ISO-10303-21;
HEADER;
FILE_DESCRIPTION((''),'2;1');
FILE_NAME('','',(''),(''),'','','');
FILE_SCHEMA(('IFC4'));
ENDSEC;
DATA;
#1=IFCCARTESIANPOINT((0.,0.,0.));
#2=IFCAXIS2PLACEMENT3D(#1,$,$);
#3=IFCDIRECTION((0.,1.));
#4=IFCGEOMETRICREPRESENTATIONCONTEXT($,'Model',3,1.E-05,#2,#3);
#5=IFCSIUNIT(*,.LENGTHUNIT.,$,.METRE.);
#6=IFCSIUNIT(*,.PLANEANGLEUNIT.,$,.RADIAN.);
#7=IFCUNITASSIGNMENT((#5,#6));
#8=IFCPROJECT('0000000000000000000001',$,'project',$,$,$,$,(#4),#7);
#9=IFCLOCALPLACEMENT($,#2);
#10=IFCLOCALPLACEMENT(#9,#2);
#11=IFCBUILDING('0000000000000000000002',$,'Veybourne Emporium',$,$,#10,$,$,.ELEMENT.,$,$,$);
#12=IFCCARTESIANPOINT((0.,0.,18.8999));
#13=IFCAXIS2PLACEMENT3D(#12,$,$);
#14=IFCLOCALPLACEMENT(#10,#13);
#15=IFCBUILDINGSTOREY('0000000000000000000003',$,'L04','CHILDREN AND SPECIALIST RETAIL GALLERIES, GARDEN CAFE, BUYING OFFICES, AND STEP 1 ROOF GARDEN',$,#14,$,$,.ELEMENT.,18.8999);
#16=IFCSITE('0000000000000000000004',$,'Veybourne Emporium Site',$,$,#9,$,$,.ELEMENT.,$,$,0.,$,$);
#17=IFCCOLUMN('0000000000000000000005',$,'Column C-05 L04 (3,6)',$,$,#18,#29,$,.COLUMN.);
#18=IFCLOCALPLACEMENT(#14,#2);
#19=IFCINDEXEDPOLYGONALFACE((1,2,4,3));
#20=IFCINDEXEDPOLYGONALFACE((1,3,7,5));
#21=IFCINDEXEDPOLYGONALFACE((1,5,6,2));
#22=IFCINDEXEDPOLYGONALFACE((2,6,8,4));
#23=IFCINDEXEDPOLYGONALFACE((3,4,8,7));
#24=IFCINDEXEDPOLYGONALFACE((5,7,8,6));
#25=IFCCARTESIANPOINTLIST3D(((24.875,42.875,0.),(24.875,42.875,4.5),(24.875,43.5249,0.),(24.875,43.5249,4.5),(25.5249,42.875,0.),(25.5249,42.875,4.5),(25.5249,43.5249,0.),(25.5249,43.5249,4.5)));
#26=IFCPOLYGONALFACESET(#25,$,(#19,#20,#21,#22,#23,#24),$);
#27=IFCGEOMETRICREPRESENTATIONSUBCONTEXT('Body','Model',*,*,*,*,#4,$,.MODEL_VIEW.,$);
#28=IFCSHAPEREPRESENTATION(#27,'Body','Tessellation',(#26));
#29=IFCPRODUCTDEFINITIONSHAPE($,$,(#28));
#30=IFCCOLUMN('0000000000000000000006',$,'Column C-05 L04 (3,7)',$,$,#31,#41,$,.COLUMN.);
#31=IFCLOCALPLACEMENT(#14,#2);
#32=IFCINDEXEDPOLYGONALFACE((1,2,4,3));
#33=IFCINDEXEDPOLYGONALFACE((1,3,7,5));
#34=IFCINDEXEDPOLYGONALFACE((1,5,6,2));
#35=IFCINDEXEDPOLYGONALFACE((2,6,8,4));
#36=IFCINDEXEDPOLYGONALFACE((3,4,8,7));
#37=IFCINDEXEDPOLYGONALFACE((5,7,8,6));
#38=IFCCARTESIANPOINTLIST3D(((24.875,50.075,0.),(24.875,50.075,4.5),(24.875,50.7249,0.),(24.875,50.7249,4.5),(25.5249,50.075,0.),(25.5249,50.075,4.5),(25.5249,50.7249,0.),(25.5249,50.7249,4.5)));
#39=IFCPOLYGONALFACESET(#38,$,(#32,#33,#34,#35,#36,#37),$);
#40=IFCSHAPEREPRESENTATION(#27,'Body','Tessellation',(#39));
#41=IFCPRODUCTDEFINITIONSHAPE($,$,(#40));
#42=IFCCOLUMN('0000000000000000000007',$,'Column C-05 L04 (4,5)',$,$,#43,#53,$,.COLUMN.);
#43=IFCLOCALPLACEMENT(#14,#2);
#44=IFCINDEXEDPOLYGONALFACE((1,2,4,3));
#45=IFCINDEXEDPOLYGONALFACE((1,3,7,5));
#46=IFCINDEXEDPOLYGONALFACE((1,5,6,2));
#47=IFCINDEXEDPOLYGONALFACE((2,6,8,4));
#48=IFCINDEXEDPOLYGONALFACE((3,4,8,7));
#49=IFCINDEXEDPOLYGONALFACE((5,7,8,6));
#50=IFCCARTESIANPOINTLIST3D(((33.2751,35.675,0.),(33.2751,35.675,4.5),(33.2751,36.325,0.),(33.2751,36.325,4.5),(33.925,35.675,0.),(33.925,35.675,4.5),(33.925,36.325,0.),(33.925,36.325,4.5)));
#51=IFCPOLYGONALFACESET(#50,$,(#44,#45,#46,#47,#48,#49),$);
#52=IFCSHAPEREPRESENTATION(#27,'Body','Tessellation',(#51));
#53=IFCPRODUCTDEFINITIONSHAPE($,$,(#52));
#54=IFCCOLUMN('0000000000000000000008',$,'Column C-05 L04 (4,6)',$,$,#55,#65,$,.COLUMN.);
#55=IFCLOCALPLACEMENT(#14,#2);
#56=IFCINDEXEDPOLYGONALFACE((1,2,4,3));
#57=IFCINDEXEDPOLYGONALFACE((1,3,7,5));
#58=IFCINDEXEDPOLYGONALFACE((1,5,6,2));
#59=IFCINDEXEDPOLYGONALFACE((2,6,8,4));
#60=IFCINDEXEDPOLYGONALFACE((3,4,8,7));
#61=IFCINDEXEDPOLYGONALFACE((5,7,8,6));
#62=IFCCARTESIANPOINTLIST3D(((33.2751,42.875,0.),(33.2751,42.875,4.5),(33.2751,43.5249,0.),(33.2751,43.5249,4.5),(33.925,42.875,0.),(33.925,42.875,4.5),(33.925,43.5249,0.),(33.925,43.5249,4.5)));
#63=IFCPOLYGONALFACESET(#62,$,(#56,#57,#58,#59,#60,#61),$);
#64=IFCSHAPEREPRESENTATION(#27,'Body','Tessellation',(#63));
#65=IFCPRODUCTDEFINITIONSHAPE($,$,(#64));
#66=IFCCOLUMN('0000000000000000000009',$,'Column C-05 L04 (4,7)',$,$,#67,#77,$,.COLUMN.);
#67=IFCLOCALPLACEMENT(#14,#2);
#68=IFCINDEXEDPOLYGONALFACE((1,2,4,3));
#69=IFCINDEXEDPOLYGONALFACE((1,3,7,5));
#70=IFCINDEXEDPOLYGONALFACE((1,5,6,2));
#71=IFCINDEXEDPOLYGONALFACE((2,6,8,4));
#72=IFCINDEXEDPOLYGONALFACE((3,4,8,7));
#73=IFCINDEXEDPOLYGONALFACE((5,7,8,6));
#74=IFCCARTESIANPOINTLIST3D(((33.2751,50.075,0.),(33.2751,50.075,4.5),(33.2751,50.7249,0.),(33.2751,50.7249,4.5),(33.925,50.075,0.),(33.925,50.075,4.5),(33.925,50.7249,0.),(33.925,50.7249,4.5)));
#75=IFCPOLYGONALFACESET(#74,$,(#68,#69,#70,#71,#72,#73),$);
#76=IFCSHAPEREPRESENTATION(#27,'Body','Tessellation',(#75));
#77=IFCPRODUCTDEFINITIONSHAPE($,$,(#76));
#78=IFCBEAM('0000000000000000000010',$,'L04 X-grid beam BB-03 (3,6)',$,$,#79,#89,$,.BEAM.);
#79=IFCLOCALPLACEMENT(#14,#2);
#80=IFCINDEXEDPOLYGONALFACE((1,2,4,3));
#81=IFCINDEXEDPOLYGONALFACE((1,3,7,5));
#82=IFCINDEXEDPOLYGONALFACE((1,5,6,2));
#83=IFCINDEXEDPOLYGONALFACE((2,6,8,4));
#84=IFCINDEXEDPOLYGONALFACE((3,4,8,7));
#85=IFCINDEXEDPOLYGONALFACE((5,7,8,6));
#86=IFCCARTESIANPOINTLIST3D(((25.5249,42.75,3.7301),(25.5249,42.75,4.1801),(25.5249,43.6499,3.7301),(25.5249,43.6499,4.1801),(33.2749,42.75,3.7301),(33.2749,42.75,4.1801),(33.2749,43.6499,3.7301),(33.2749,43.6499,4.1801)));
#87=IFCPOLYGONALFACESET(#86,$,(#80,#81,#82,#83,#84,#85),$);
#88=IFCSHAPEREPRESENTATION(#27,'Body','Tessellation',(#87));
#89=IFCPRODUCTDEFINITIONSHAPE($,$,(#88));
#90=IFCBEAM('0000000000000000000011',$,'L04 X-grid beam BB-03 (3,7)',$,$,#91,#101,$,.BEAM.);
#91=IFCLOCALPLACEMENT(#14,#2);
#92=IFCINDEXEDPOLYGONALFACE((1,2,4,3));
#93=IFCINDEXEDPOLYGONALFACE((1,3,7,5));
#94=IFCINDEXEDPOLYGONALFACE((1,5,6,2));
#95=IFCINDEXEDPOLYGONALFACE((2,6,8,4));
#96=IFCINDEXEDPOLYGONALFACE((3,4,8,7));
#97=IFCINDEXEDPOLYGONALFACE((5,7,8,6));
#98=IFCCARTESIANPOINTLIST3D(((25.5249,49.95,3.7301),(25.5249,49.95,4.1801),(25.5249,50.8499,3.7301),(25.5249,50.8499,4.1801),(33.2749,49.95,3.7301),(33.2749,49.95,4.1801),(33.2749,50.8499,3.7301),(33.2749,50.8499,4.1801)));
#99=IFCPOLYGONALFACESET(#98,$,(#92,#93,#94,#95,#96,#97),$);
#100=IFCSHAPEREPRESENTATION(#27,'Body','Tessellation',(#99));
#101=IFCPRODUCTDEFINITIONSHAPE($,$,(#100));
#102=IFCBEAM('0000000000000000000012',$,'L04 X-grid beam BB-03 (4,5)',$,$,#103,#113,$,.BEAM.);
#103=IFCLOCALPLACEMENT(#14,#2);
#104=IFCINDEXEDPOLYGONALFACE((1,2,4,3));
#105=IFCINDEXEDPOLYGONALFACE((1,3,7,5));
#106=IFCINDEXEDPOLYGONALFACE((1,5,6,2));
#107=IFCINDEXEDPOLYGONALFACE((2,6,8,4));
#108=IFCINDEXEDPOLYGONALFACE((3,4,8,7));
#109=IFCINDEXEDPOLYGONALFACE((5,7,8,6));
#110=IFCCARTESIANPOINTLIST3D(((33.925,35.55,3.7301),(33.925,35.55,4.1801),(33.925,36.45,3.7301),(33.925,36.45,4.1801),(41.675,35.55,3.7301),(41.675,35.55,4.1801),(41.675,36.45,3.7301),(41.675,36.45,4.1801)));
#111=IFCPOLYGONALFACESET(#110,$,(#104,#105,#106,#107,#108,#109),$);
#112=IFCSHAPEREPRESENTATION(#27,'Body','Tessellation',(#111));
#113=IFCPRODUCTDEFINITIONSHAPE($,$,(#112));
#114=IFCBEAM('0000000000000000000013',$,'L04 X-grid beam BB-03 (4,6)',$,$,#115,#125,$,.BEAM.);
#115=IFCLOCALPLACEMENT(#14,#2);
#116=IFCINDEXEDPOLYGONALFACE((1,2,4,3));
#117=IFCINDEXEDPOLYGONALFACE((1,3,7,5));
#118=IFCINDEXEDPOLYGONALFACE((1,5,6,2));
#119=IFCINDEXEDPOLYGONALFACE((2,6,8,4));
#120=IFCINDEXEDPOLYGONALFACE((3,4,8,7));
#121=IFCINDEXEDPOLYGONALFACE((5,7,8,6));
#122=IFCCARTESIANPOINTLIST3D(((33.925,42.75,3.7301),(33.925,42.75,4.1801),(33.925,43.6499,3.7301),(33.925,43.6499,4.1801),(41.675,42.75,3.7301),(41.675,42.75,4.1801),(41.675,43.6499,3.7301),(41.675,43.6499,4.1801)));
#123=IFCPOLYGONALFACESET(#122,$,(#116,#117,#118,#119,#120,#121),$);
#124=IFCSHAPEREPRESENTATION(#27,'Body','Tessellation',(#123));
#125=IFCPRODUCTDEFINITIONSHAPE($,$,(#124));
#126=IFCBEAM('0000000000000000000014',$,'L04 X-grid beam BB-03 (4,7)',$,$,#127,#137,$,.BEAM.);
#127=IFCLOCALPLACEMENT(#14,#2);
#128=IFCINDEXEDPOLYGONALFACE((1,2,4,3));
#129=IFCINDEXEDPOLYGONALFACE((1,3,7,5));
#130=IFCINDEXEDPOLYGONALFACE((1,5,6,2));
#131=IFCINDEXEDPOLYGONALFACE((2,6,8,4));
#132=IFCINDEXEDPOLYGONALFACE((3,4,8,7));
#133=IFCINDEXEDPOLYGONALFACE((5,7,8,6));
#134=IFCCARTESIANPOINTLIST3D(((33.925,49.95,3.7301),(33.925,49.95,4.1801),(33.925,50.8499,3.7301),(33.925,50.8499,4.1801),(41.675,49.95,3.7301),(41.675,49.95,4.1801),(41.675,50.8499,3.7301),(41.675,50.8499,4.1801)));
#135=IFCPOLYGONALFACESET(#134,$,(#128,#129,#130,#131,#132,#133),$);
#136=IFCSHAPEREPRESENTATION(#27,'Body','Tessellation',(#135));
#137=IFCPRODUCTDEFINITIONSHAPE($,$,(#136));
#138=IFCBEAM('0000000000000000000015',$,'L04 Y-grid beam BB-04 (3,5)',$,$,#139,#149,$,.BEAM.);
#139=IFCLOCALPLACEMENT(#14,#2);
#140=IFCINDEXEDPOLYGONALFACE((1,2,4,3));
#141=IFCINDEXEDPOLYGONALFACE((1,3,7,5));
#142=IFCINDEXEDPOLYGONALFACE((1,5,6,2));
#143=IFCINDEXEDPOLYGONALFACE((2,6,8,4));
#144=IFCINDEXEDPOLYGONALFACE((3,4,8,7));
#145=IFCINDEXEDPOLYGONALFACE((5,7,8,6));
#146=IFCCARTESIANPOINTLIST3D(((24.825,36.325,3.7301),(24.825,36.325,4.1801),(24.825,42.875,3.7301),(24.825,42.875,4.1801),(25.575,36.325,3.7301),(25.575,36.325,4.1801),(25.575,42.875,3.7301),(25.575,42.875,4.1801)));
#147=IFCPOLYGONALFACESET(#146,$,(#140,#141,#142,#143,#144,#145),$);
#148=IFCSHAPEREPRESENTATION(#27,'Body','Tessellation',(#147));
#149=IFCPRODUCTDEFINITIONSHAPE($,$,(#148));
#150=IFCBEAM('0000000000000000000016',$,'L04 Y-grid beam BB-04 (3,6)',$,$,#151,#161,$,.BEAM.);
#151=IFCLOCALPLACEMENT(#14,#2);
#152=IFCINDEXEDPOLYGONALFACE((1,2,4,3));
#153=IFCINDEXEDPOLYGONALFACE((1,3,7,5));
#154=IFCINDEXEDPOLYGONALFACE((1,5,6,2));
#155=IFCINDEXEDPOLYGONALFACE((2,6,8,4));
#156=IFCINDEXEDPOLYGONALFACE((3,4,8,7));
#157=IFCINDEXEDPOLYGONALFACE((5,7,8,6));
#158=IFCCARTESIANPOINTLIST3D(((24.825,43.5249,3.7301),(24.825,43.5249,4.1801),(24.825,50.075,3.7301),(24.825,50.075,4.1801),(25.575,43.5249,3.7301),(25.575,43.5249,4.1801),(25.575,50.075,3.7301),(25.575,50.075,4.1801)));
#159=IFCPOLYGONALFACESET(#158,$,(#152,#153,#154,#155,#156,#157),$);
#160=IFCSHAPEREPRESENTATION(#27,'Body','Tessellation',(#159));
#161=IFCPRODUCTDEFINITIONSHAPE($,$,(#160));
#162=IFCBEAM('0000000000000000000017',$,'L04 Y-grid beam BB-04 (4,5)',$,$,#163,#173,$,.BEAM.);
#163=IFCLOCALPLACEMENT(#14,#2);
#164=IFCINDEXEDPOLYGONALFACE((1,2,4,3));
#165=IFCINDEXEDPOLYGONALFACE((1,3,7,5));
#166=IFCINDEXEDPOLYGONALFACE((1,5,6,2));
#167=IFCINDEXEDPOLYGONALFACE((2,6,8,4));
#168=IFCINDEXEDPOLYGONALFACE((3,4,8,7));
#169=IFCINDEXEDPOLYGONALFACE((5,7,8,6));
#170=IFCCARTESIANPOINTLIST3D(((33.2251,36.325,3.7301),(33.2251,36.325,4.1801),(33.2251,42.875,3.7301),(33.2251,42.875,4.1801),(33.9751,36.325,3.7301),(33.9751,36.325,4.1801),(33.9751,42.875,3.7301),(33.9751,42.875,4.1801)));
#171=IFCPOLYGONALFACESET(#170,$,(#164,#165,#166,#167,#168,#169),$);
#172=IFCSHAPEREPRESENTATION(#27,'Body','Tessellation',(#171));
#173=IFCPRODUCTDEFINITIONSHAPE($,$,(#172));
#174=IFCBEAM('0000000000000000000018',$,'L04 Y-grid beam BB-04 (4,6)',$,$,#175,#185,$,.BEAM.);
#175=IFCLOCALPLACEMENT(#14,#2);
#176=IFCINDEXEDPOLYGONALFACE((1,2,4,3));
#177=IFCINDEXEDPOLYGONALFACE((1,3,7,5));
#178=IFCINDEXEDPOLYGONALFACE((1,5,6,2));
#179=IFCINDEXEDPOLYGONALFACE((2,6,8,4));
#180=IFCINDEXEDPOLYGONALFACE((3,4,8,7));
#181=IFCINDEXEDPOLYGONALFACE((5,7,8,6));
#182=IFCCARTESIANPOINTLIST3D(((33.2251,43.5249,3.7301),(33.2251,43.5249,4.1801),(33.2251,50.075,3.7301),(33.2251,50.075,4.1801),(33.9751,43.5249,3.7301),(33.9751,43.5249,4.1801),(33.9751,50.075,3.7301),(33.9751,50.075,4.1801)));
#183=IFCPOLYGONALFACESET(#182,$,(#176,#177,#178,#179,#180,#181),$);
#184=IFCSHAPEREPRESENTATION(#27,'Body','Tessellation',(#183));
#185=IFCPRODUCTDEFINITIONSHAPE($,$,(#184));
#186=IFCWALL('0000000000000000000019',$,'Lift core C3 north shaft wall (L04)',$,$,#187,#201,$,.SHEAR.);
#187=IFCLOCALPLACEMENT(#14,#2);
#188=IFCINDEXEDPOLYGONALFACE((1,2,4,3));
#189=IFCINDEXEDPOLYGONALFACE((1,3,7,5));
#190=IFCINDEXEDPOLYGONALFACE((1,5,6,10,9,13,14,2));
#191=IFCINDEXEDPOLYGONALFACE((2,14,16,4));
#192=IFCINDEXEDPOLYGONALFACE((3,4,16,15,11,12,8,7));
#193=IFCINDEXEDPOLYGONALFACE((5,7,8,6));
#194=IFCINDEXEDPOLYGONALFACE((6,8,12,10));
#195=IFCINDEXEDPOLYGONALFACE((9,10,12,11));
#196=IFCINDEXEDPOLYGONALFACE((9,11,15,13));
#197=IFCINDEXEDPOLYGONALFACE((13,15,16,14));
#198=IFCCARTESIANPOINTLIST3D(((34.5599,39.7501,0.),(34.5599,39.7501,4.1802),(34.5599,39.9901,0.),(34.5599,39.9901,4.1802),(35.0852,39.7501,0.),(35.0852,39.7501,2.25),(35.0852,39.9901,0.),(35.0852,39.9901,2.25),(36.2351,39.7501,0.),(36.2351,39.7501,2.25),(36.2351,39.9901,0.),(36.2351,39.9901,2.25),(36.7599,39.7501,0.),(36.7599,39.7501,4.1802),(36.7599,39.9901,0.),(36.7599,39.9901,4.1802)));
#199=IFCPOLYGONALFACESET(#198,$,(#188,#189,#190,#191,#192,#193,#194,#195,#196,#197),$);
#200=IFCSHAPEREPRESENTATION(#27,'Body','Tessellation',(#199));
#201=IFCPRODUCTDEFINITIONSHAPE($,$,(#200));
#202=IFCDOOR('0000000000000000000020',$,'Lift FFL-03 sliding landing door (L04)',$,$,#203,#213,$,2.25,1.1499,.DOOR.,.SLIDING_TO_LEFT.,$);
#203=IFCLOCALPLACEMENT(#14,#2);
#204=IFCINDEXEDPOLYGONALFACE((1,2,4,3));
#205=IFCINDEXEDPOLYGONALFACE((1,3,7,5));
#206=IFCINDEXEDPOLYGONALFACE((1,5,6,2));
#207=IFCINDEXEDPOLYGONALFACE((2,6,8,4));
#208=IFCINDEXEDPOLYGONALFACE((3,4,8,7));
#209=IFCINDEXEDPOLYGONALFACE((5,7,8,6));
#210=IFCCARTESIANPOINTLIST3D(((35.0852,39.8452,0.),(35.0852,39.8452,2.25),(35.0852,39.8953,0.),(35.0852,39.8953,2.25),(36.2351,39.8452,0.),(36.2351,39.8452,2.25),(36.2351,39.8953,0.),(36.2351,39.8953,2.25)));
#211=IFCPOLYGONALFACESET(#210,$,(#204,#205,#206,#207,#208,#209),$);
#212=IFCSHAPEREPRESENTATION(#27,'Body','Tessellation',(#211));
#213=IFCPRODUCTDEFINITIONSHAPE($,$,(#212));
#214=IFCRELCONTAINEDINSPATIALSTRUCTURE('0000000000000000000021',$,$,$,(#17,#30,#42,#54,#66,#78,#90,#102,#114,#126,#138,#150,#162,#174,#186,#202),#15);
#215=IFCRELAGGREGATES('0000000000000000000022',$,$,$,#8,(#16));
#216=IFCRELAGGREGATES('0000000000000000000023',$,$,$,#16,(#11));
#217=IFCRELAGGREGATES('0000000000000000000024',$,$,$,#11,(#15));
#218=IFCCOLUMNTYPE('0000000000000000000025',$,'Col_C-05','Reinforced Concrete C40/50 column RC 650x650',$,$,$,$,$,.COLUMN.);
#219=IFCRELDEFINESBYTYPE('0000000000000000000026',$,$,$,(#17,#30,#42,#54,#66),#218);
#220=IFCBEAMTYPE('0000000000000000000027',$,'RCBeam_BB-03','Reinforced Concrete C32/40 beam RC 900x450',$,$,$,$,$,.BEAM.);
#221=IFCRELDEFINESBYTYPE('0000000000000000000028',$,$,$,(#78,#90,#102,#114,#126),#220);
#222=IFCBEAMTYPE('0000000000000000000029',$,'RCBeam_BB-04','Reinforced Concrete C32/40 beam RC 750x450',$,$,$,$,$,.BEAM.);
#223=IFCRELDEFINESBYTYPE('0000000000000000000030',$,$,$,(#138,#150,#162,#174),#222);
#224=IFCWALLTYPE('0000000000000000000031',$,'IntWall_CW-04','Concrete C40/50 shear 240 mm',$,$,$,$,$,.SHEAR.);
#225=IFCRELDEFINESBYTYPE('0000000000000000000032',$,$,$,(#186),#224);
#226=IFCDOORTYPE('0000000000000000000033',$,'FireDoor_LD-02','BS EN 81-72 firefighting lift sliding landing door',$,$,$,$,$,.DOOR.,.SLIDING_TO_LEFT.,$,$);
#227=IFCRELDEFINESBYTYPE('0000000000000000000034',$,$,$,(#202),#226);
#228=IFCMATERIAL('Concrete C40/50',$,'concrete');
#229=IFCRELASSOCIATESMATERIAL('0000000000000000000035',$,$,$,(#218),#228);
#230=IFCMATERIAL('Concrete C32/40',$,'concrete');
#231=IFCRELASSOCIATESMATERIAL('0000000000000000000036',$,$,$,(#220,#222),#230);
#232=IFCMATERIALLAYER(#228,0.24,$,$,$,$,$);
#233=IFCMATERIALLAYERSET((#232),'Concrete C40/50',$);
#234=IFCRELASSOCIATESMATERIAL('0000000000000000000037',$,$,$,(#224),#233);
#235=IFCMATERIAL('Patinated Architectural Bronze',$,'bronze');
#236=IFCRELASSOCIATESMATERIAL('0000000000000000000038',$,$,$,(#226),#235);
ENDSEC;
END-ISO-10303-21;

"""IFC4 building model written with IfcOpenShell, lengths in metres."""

from ifc_helpers import new_model, si_unit, direction, frame, frame_2d, origin, origin_2d, place, context, subcontext, project, spatial, rectangle, extrude, material, layer, layer_set, material_profile, profile_set, type_object, element, fill, save


model = new_model("IFC4")

# Units and contexts
model_context = context("Model", 3, precision=1e-05, world=origin(), true_north=direction((0.0, 1.0)))
body_context = subcontext(model_context, "Body", "Model", "MODEL_VIEW")
ifc_project = project(units=[si_unit("LENGTHUNIT", "METRE"), si_unit("PLANEANGLEUNIT", "RADIAN")], contexts=[model_context])

# Site, building, storey
site_placement = place(None, origin())
site = spatial("IfcSite", under=ifc_project, at=site_placement, Name="Veybourne Emporium Site", CompositionType="ELEMENT", RefElevation=0.0)
building_placement = place(site_placement, origin())
building = spatial("IfcBuilding", under=site, at=building_placement, Name="Veybourne Emporium", CompositionType="ELEMENT")
storey_placement = place(building_placement, frame((0.0, 0.0, 18.8999)))
storey = spatial("IfcBuildingStorey", under=building, at=storey_placement, Name="L04", Description="CHILDREN AND SPECIALIST RETAIL GALLERIES, GARDEN CAFE, BUYING OFFICES, AND STEP 1 ROOF GARDEN", CompositionType="ELEMENT", Elevation=18.8999)

# Columns
ifc_material_1 = material(Name="Concrete C40/50", Category="concrete")
ifc_material_profile_1 = material_profile(ifc_material_1, rectangle(XDim=0.6499, YDim=0.6499, at=origin_2d()), Name="RC 650x650")
ifc_profile_set_1 = profile_set([ifc_material_profile_1], Name="Concrete C40/50")
column_type = type_object("IfcColumnType", Name="Col_C-05", Description="Reinforced Concrete C40/50 column RC 650x650", PredefinedType="COLUMN", material=ifc_profile_set_1)
for number, where, z_axis, x_axis, name in (
    (1, (25.2, 43.2, 0.0), (0.0, 0.0, 1.0), (1.0, 0.0, 0.0), "Column C-05 L04 (3,6)"),
    (2, (25.2, 50.3999, 0.0), (0.0, 0.0, 1.0), (1.0, 0.0, 0.0), "Column C-05 L04 (3,7)"),
    (3, (33.6001, 36.0, 0.0), (0.0, 0.0, 1.0), (1.0, 0.0, 0.0), "Column C-05 L04 (4,5)"),
    (4, (33.6001, 43.2, 0.0), (0.0, 0.0, 1.0), (1.0, 0.0, 0.0), "Column C-05 L04 (4,6)"),
    (5, (33.6001, 50.3999, 0.0), (0.0, 0.0, 1.0), (1.0, 0.0, 0.0), "Column C-05 L04 (4,7)"),
):
    element("IfcColumn", number, at=place(storey_placement, frame(where, z_axis=z_axis, x_axis=x_axis)), inside=storey, type_object=column_type, Name=name, PredefinedType="COLUMN", context=body_context, shape_type="SweptSolid", body=[
        extrude(rectangle(XDim=0.6499, YDim=0.6499, at=origin_2d()), origin(), (0.0, 0.0, 1.0), 4.5),
    ])

# Beams
ifc_material_2 = material(Name="Concrete C32/40", Category="concrete")
ifc_material_profile_2 = material_profile(ifc_material_2, rectangle(XDim=0.8999, YDim=0.45, at=origin_2d()), Name="RC 900x450")
ifc_profile_set_2 = profile_set([ifc_material_profile_2], Name="Concrete C32/40")
beam_type_1 = type_object("IfcBeamType", Name="RCBeam_BB-03", Description="Reinforced Concrete C32/40 beam RC 900x450", PredefinedType="BEAM", material=ifc_profile_set_2)
for number, where, z_axis, x_axis, name in (
    (6, (25.5249, 43.2, 3.9551), (1.0, 0.0, 0.0), (0.0, 1.0, 0.0), "L04 X-grid beam BB-03 (3,6)"),
    (7, (25.5249, 50.3999, 3.9551), (1.0, 0.0, 0.0), (0.0, 1.0, 0.0), "L04 X-grid beam BB-03 (3,7)"),
    (8, (33.925, 36.0, 3.9551), (1.0, 0.0, 0.0), (0.0, 1.0, 0.0), "L04 X-grid beam BB-03 (4,5)"),
    (9, (33.925, 43.2, 3.9551), (1.0, 0.0, 0.0), (0.0, 1.0, 0.0), "L04 X-grid beam BB-03 (4,6)"),
    (10, (33.925, 50.3999, 3.9551), (1.0, 0.0, 0.0), (0.0, 1.0, 0.0), "L04 X-grid beam BB-03 (4,7)"),
):
    element("IfcBeam", number, at=place(storey_placement, frame(where, z_axis=z_axis, x_axis=x_axis)), inside=storey, type_object=beam_type_1, Name=name, PredefinedType="BEAM", context=body_context, shape_type="SweptSolid", body=[
        extrude(rectangle(XDim=0.8999, YDim=0.45, at=origin_2d()), origin(), (0.0, 0.0, 1.0), 7.75),
    ])
ifc_material_profile_3 = material_profile(ifc_material_2, rectangle(XDim=0.75, YDim=0.45, at=origin_2d()), Name="RC 750x450")
ifc_profile_set_3 = profile_set([ifc_material_profile_3], Name="Concrete C32/40")
beam_type_2 = type_object("IfcBeamType", Name="RCBeam_BB-04", Description="Reinforced Concrete C32/40 beam RC 750x450", PredefinedType="BEAM", material=ifc_profile_set_3)
for number, where, z_axis, x_axis, name in (
    (11, (25.2, 36.325, 3.9551), (0.0, 1.0, 0.0), (-1.0, 0.0, 0.0), "L04 Y-grid beam BB-04 (3,5)"),
    (12, (25.2, 43.5249, 3.9551), (0.0, 1.0, 0.0), (-1.0, 0.0, 0.0), "L04 Y-grid beam BB-04 (3,6)"),
    (13, (33.6001, 36.325, 3.9551), (0.0, 1.0, 0.0), (-1.0, 0.0, 0.0), "L04 Y-grid beam BB-04 (4,5)"),
    (14, (33.6001, 43.5249, 3.9551), (0.0, 1.0, 0.0), (-1.0, 0.0, 0.0), "L04 Y-grid beam BB-04 (4,6)"),
):
    element("IfcBeam", number, at=place(storey_placement, frame(where, z_axis=z_axis, x_axis=x_axis)), inside=storey, type_object=beam_type_2, Name=name, PredefinedType="BEAM", context=body_context, shape_type="SweptSolid", body=[
        extrude(rectangle(XDim=0.75, YDim=0.45, at=origin_2d()), origin(), (0.0, 0.0, 1.0), 6.55),
    ])

# Wall, opening, door
ifc_layer_1 = layer(ifc_material_1, 0.24)
ifc_layer_set_1 = layer_set([ifc_layer_1], Name="Concrete C40/50")
wall_type_1 = type_object("IfcWallType", Name="IntWall_CW-04", Description="Concrete C40/50 shear 240 mm", PredefinedType="SHEAR", material=ifc_layer_set_1)
wall_1_placement = place(storey_placement, frame((36.76, 39.8701, 0.0), z_axis=(0.0, 0.0, 1.0), x_axis=(-1.0, 0.0, 0.0)))
wall_1 = element("IfcWall", 15, at=wall_1_placement, inside=storey, type_object=wall_type_1, Name="Lift core C3 north shaft wall (L04)", PredefinedType="SHEAR", context=body_context, shape_type="SweptSolid", body=[
    extrude(rectangle(XDim=2.2, YDim=0.24, at=frame_2d((1.1001, 0.0))), origin(), (0.0, 0.0, 1.0), 4.1802),
])
opening_1_placement = place(wall_1_placement, frame((0.5249, 0.0, 0.0)))
opening_1 = element("IfcOpeningElement", 16, at=opening_1_placement, cuts=wall_1, PredefinedType="OPENING", context=body_context, shape_type="SweptSolid", body=[
    extrude(rectangle(XDim=1.1499, YDim=2.25, at=frame_2d((0.575, 1.125))), frame((0.0, 0.1401, 0.0), z_axis=(0.0, -1.0, 0.0), x_axis=(1.0, 0.0, 0.0)), (0.0, 0.0, 1.0), 0.28),
])
ifc_material_3 = material(Name="Patinated Architectural Bronze", Category="bronze")
door_type_1 = type_object("IfcDoorType", Name="FireDoor_LD-02", Description="BS EN 81-72 firefighting lift sliding landing door", OperationType="SLIDING_TO_LEFT", PredefinedType="DOOR", material=ifc_material_3)
door_1_placement = place(opening_1_placement, origin())
door_1 = element("IfcDoor", 17, at=door_1_placement, inside=storey, type_object=door_type_1, Name="Lift FFL-03 sliding landing door (L04)", OperationType="SLIDING_TO_LEFT", OverallHeight=2.25, OverallWidth=1.1499, PredefinedType="DOOR", context=body_context, shape_type="SweptSolid", body=[
    extrude(rectangle(XDim=1.1499, YDim=2.25, at=frame_2d((0.575, 1.125))), frame((0.0, 0.0249, 0.0), z_axis=(0.0, -1.0, 0.0), x_axis=(1.0, 0.0, 0.0)), (0.0, 0.0, 1.0), 0.05),
])
fill(opening_1, door_1)

save(model, "model.ifc")
